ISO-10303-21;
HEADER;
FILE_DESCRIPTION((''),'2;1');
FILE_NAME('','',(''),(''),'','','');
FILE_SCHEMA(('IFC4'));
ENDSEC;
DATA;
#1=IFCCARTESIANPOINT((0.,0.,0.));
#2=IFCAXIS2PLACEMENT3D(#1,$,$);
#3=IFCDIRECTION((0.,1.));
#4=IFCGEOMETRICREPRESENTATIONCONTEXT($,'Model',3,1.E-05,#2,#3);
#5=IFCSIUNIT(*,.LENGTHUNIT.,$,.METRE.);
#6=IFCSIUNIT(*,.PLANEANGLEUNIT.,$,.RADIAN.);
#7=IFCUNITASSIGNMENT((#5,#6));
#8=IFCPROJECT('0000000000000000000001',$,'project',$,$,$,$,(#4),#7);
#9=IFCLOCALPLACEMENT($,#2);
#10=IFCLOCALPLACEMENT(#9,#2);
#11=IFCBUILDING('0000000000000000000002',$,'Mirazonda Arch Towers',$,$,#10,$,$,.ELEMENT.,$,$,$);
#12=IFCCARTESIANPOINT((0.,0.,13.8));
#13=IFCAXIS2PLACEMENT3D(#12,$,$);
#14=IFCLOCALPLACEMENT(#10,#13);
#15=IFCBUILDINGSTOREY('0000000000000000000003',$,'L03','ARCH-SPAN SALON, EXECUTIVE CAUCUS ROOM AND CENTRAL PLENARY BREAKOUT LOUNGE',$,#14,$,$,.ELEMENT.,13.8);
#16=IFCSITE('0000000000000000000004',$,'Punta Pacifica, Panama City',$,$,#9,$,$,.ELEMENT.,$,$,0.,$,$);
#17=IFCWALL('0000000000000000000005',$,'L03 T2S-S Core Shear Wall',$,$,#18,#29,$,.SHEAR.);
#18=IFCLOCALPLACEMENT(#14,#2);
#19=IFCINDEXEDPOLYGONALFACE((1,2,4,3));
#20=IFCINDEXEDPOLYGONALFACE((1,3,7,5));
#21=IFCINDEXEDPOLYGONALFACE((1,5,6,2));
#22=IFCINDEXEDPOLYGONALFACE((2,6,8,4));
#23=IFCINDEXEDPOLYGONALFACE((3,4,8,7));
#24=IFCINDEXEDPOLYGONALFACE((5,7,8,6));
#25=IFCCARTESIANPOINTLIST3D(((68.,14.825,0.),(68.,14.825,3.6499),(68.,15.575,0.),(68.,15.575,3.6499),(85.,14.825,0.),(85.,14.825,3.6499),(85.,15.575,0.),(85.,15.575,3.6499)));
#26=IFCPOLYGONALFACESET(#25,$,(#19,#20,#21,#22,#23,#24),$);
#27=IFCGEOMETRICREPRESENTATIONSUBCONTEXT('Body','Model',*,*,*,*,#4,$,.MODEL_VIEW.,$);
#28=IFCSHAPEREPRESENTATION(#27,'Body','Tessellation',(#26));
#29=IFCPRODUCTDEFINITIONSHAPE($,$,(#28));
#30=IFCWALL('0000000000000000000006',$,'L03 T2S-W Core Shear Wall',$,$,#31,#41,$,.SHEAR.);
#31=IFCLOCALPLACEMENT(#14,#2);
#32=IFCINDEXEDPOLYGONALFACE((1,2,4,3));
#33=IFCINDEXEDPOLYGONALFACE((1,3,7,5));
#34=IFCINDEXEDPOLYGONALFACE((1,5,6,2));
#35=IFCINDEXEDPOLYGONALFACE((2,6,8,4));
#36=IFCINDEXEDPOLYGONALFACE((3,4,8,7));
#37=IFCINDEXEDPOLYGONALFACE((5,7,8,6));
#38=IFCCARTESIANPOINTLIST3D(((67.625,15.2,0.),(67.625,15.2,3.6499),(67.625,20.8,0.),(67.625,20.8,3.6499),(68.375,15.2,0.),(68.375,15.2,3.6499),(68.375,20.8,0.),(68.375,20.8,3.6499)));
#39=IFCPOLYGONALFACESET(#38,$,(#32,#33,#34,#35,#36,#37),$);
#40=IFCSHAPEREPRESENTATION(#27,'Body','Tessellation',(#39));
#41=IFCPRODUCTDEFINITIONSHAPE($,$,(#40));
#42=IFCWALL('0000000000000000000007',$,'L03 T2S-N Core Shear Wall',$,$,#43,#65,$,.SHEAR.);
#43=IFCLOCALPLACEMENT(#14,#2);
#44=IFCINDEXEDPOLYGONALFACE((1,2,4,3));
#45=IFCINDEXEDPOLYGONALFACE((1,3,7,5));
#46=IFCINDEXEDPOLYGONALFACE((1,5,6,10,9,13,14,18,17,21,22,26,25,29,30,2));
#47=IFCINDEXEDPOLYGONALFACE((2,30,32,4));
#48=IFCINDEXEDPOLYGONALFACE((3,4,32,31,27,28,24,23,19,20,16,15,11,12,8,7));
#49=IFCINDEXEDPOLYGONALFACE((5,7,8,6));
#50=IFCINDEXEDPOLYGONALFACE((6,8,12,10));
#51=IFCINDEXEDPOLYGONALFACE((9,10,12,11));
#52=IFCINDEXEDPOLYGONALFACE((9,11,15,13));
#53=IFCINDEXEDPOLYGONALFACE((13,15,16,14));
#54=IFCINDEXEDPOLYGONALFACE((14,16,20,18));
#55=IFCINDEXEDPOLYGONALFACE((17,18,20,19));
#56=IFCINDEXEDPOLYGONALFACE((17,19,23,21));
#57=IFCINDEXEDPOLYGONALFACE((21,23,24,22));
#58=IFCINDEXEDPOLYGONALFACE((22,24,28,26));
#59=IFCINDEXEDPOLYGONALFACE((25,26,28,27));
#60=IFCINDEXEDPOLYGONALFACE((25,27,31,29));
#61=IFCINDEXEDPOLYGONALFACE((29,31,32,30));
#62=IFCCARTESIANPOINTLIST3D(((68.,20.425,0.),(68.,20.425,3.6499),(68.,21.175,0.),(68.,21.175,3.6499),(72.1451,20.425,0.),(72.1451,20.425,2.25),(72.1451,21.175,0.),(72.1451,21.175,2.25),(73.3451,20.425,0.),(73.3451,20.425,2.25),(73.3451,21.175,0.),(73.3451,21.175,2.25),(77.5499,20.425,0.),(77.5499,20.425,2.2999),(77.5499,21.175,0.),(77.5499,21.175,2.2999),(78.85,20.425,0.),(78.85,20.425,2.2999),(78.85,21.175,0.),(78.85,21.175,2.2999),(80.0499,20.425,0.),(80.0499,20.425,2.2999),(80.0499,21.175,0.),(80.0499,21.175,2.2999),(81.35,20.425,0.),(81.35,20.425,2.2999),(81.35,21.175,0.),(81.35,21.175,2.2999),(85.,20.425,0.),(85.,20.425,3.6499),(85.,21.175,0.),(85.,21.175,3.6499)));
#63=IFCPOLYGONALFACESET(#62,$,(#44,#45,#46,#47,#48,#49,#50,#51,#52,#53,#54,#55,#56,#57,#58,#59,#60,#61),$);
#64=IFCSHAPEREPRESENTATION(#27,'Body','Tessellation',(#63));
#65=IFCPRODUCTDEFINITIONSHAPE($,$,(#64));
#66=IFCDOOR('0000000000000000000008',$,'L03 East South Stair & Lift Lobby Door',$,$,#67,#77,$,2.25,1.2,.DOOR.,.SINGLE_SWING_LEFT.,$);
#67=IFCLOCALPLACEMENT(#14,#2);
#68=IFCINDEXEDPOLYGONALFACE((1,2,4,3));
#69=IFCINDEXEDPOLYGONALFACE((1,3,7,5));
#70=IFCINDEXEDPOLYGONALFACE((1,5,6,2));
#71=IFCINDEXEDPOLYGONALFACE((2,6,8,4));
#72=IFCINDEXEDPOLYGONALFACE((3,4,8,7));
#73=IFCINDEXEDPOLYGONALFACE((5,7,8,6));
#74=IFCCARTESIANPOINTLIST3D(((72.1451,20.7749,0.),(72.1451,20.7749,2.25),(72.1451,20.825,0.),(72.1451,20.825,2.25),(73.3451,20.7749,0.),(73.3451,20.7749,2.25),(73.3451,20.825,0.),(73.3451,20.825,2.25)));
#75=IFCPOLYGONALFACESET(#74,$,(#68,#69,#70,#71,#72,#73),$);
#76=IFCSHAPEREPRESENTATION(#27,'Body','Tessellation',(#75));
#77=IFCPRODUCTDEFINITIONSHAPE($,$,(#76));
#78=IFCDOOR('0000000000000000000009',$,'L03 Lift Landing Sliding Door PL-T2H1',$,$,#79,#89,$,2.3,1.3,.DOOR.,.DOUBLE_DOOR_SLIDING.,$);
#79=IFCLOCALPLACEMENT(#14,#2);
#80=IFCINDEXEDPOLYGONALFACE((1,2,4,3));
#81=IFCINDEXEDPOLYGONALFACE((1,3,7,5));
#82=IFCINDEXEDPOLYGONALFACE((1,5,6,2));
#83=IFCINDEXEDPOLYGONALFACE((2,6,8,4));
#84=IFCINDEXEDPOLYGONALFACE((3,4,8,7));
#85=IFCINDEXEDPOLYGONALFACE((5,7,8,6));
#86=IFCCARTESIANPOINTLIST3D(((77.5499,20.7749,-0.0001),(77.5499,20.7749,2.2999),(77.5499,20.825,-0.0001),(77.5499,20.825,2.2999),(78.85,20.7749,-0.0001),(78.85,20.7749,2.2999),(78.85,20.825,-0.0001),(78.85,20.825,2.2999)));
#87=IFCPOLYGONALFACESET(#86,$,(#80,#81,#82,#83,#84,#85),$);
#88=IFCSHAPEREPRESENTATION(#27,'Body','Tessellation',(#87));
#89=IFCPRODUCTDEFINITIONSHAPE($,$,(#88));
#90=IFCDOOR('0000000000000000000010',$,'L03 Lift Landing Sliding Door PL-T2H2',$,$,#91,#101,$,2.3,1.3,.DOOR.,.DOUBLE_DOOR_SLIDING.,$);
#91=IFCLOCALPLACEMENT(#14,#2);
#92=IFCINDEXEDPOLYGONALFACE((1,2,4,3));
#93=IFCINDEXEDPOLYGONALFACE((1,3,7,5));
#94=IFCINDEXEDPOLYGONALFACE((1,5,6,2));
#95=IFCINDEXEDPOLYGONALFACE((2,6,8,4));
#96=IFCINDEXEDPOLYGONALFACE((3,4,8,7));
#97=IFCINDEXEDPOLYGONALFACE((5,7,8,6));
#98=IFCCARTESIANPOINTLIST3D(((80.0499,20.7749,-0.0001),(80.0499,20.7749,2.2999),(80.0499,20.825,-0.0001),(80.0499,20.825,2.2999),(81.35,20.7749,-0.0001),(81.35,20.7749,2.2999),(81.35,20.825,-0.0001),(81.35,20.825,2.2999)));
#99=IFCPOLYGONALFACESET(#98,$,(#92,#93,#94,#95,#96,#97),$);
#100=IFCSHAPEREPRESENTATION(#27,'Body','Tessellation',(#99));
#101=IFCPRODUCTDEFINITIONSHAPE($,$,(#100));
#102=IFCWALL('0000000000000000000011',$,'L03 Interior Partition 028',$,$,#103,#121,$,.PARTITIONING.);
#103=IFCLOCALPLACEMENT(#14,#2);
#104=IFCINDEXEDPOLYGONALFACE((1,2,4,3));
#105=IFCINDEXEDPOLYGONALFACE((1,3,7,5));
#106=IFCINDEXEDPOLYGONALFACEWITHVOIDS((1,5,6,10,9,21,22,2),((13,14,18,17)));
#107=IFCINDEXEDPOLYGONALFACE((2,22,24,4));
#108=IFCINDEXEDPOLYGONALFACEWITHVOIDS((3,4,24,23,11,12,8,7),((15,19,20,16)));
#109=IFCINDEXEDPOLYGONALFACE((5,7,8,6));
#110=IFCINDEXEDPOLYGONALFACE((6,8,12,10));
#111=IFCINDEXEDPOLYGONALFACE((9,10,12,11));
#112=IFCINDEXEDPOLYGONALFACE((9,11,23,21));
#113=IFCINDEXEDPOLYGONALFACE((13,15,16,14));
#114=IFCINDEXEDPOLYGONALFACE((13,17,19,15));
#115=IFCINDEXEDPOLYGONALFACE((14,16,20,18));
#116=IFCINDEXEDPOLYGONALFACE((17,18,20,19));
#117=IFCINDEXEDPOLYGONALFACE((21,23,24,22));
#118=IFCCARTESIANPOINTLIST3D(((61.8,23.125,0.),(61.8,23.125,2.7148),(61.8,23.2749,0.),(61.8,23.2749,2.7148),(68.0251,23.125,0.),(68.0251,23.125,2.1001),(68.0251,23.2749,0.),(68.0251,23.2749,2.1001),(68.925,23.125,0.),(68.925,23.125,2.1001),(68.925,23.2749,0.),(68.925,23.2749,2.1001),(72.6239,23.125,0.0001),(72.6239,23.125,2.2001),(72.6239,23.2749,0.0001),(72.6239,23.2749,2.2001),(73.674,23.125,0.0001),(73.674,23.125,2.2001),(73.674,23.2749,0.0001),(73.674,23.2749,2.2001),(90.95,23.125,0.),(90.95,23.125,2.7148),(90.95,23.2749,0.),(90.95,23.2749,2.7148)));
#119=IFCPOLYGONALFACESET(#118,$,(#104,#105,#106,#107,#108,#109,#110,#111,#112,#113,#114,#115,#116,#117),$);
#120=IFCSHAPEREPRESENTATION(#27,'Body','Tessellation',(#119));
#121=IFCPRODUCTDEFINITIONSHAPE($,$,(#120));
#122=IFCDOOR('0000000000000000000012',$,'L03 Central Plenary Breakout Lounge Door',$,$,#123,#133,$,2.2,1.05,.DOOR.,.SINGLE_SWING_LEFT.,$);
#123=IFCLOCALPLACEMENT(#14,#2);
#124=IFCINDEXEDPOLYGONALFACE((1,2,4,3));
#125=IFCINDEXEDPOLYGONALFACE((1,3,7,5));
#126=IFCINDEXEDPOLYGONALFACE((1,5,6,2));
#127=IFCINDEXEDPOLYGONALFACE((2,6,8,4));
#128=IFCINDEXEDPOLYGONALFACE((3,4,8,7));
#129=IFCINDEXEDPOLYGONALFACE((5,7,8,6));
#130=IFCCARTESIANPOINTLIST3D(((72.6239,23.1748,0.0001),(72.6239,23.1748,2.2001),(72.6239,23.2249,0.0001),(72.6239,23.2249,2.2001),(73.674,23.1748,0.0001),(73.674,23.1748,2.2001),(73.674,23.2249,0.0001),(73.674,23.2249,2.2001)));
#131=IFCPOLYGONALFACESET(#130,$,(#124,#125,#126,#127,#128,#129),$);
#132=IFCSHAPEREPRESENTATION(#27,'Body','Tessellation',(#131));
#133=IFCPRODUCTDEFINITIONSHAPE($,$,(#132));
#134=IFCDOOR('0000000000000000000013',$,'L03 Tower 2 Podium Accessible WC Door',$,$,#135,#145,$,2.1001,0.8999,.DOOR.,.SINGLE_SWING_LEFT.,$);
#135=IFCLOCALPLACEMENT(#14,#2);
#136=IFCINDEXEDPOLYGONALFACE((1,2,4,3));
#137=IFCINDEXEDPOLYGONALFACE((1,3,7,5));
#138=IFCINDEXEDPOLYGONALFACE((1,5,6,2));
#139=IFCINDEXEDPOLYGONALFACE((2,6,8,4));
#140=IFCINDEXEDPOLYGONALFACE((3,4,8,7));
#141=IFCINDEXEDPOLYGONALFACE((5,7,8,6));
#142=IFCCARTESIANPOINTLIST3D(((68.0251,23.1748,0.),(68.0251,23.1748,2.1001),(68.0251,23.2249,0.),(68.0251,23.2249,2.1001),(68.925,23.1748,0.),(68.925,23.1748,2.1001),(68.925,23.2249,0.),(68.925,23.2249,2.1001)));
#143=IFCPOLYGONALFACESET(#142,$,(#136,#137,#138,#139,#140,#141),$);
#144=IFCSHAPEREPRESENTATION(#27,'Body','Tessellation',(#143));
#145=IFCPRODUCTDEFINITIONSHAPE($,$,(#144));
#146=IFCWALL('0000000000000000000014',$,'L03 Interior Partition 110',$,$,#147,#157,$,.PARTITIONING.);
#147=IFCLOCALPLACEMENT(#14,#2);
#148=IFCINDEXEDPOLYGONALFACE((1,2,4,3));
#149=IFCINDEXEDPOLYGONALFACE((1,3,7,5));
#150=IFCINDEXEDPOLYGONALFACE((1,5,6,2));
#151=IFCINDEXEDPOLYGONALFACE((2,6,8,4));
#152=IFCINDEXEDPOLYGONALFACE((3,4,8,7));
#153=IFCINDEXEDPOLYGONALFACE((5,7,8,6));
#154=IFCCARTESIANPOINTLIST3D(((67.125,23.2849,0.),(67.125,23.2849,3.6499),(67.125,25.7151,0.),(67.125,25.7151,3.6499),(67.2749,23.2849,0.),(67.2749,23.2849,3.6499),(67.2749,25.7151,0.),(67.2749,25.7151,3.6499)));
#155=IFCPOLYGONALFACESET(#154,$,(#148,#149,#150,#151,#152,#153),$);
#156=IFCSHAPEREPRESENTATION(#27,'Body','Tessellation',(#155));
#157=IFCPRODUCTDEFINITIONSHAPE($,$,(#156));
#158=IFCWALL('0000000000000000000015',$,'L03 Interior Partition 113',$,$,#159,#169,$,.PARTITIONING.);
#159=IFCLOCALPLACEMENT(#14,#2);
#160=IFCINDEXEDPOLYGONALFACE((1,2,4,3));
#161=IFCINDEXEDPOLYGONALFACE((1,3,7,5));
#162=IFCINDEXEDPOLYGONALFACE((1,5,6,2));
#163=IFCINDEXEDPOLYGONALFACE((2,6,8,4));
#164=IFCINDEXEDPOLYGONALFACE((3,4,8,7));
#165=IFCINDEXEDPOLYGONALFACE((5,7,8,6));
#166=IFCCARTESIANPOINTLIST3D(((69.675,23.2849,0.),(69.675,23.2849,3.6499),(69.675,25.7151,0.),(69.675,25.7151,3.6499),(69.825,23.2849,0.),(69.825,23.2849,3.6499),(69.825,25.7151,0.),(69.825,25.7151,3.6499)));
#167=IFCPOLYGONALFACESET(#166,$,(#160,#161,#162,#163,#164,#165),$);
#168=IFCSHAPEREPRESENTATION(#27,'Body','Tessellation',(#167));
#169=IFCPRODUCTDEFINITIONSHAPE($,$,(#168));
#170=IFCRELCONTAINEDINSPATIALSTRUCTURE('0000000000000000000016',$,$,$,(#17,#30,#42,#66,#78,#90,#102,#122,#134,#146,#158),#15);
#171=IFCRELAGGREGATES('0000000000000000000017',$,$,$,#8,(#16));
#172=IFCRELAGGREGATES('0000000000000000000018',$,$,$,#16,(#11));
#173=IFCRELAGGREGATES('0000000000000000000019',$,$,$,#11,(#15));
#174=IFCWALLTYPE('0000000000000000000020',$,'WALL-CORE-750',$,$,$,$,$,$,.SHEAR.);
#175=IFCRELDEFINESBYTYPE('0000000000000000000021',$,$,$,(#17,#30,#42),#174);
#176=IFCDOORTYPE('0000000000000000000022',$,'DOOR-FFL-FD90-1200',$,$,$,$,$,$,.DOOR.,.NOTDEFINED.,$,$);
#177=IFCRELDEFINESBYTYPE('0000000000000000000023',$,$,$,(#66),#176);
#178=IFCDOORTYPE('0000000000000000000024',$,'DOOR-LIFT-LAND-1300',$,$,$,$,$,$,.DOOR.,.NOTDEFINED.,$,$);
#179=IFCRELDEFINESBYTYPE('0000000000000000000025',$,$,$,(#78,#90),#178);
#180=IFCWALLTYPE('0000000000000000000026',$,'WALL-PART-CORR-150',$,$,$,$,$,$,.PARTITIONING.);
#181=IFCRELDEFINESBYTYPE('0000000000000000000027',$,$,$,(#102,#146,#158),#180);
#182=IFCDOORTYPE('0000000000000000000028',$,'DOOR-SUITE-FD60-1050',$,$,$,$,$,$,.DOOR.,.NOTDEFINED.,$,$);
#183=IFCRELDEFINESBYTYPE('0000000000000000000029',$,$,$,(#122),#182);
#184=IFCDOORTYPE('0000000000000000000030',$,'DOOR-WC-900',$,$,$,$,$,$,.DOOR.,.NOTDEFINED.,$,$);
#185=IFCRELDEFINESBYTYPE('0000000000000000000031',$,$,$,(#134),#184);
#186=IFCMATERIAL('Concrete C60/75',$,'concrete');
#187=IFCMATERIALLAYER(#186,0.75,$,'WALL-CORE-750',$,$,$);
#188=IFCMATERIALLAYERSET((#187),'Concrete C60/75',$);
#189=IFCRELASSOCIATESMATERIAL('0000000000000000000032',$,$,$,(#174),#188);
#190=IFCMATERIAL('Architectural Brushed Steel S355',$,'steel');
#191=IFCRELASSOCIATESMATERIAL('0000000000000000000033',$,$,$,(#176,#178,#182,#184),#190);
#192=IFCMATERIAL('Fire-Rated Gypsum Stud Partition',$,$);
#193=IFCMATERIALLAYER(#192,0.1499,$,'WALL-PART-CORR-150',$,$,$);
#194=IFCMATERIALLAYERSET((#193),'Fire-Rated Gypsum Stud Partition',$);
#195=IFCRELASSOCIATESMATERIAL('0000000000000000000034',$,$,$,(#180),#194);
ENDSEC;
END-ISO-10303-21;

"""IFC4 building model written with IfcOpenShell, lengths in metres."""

from ifc_helpers import new_model, si_unit, direction, frame, frame_2d, origin, place, context, subcontext, project, spatial, rectangle, extrude, material, layer, layer_set, type_object, element, fill, save


model = new_model("IFC4")

# Units and contexts
model_context = context("Model", 3, precision=1e-05, world=origin(), true_north=direction((0.0, 1.0)))
body_context = subcontext(model_context, "Body", "Model", "MODEL_VIEW")
ifc_project = project(units=[si_unit("LENGTHUNIT", "METRE"), si_unit("PLANEANGLEUNIT", "RADIAN")], contexts=[model_context])

# Site, building, storey
site_placement = place(None, origin())
site = spatial("IfcSite", under=ifc_project, at=site_placement, Name="Punta Pacifica, Panama City", CompositionType="ELEMENT", RefElevation=0.0)
building_placement = place(site_placement, origin())
building = spatial("IfcBuilding", under=site, at=building_placement, Name="Mirazonda Arch Towers", CompositionType="ELEMENT")
storey_placement = place(building_placement, frame((0.0, 0.0, 13.8)))
storey = spatial("IfcBuildingStorey", under=building, at=storey_placement, Name="L03", Description="ARCH-SPAN SALON, EXECUTIVE CAUCUS ROOM AND CENTRAL PLENARY BREAKOUT LOUNGE", CompositionType="ELEMENT", Elevation=13.8)

# Shared definitions
ifc_material_1 = material(Name="Concrete C60/75", Category="concrete")

# Shared definitions
ifc_material_2 = material(Name="Architectural Brushed Steel S355", Category="steel")

# Walls
ifc_layer_1 = layer(ifc_material_1, 0.75, Name="WALL-CORE-750")
ifc_layer_set_1 = layer_set([ifc_layer_1], Name="Concrete C60/75")
wall_type_1 = type_object("IfcWallType", Name="WALL-CORE-750", PredefinedType="SHEAR", material=ifc_layer_set_1)
wall_1_placement = place(storey_placement, frame((68.0, 15.2, 0.0), z_axis=(0.0, 0.0, 1.0), x_axis=(1.0, 0.0, 0.0)))
element("IfcWall", 1, at=wall_1_placement, inside=storey, type_object=wall_type_1, Name="L03 T2S-S Core Shear Wall", PredefinedType="SHEAR", context=body_context, shape_type="SweptSolid", body=[
    extrude(rectangle(XDim=17.0, YDim=0.75, at=frame_2d((8.5, 0.0))), origin(), (0.0, 0.0, 1.0), 3.6499),
])
wall_2_placement = place(storey_placement, frame((68.0, 15.2, 0.0), z_axis=(0.0, 0.0, 1.0), x_axis=(0.0, 1.0, 0.0)))
element("IfcWall", 2, at=wall_2_placement, inside=storey, type_object=wall_type_1, Name="L03 T2S-W Core Shear Wall", PredefinedType="SHEAR", context=body_context, shape_type="SweptSolid", body=[
    extrude(rectangle(XDim=5.6001, YDim=0.75, at=frame_2d((2.8, 0.0))), origin(), (0.0, 0.0, 1.0), 3.6499),
])

# Walls, openings, doors
wall_3_placement = place(storey_placement, frame((68.0, 20.8, 0.0), z_axis=(0.0, 0.0, 1.0), x_axis=(1.0, 0.0, 0.0)))
wall_3 = element("IfcWall", 3, at=wall_3_placement, inside=storey, type_object=wall_type_1, Name="L03 T2S-N Core Shear Wall", PredefinedType="SHEAR", context=body_context, shape_type="SweptSolid", body=[
    extrude(rectangle(XDim=17.0, YDim=0.75, at=frame_2d((8.5, 0.0))), origin(), (0.0, 0.0, 1.0), 3.6499),
])
opening_1_placement = place(wall_3_placement, frame((4.145, 0.0, 0.0)))
opening_1 = element("IfcOpeningElement", 4, at=opening_1_placement, cuts=wall_3, PredefinedType="OPENING", context=body_context, shape_type="SweptSolid", body=[
    extrude(rectangle(XDim=1.2, YDim=2.25, at=frame_2d((0.6001, 1.125))), frame((0.0, 0.385, 0.0), z_axis=(0.0, -1.0, 0.0), x_axis=(1.0, 0.0, 0.0)), (0.0, 0.0, 1.0), 0.77),
])
opening_2_placement = place(wall_3_placement, frame((9.55, 0.0, 0.0)))
opening_2 = element("IfcOpeningElement", 5, at=opening_2_placement, cuts=wall_3, PredefinedType="OPENING", context=body_context, shape_type="SweptSolid", body=[
    extrude(rectangle(XDim=1.3, YDim=2.3, at=frame_2d((0.6499, 1.1499))), frame((0.0, 0.385, 0.0), z_axis=(0.0, -1.0, 0.0), x_axis=(1.0, 0.0, 0.0)), (0.0, 0.0, 1.0), 0.77),
])
opening_3_placement = place(wall_3_placement, frame((12.05, 0.0, 0.0)))
opening_3 = element("IfcOpeningElement", 6, at=opening_3_placement, cuts=wall_3, PredefinedType="OPENING", context=body_context, shape_type="SweptSolid", body=[
    extrude(rectangle(XDim=1.3, YDim=2.3, at=frame_2d((0.6499, 1.1499))), frame((0.0, 0.385, 0.0), z_axis=(0.0, -1.0, 0.0), x_axis=(1.0, 0.0, 0.0)), (0.0, 0.0, 1.0), 0.77),
])
door_type_1 = type_object("IfcDoorType", Name="DOOR-FFL-FD90-1200", OperationType="NOTDEFINED", PredefinedType="DOOR", material=ifc_material_2)
door_1_placement = place(opening_1_placement, origin())
door_1 = element("IfcDoor", 7, at=door_1_placement, inside=storey, type_object=door_type_1, Name="L03 East South Stair & Lift Lobby Door", OperationType="SINGLE_SWING_LEFT", OverallHeight=2.25, OverallWidth=1.2, PredefinedType="DOOR", context=body_context, shape_type="SweptSolid", body=[
    extrude(rectangle(XDim=1.2, YDim=2.25, at=frame_2d((0.6001, 1.125))), frame((0.0, 0.0249, 0.0), z_axis=(0.0, -1.0, 0.0), x_axis=(1.0, 0.0, 0.0)), (0.0, 0.0, 1.0), 0.05),
])
fill(opening_1, door_1)
door_type_2 = type_object("IfcDoorType", Name="DOOR-LIFT-LAND-1300", OperationType="NOTDEFINED", PredefinedType="DOOR", material=ifc_material_2)
door_2_placement = place(opening_2_placement, origin())
door_2 = element("IfcDoor", 8, at=door_2_placement, inside=storey, type_object=door_type_2, Name="L03 Lift Landing Sliding Door PL-T2H1", OperationType="DOUBLE_DOOR_SLIDING", OverallHeight=2.3, OverallWidth=1.3, PredefinedType="DOOR", context=body_context, shape_type="SweptSolid", body=[
    extrude(rectangle(XDim=1.3, YDim=2.3, at=frame_2d((0.6499, 1.1499))), frame((0.0, 0.0249, 0.0), z_axis=(0.0, -1.0, 0.0), x_axis=(1.0, 0.0, 0.0)), (0.0, 0.0, 1.0), 0.05),
])
fill(opening_2, door_2)
door_3_placement = place(opening_3_placement, origin())
door_3 = element("IfcDoor", 9, at=door_3_placement, inside=storey, type_object=door_type_2, Name="L03 Lift Landing Sliding Door PL-T2H2", OperationType="DOUBLE_DOOR_SLIDING", OverallHeight=2.3, OverallWidth=1.3, PredefinedType="DOOR", context=body_context, shape_type="SweptSolid", body=[
    extrude(rectangle(XDim=1.3, YDim=2.3, at=frame_2d((0.6499, 1.1499))), frame((0.0, 0.0249, 0.0), z_axis=(0.0, -1.0, 0.0), x_axis=(1.0, 0.0, 0.0)), (0.0, 0.0, 1.0), 0.05),
])
fill(opening_3, door_3)
ifc_material_3 = material(Name="Fire-Rated Gypsum Stud Partition")
ifc_layer_2 = layer(ifc_material_3, 0.1499, Name="WALL-PART-CORR-150")
ifc_layer_set_2 = layer_set([ifc_layer_2], Name="Fire-Rated Gypsum Stud Partition")
wall_type_2 = type_object("IfcWallType", Name="WALL-PART-CORR-150", PredefinedType="PARTITIONING", material=ifc_layer_set_2)
wall_4_placement = place(storey_placement, frame((61.8, 23.2, 0.0), z_axis=(0.0, 0.0, 1.0), x_axis=(1.0, 0.0, 0.0)))
wall_4 = element("IfcWall", 10, at=wall_4_placement, inside=storey, type_object=wall_type_2, Name="L03 Interior Partition 028", PredefinedType="PARTITIONING", context=body_context, shape_type="SweptSolid", body=[
    extrude(rectangle(XDim=29.1499, YDim=0.1499, at=frame_2d((14.575, 0.0))), origin(), (0.0, 0.0, 1.0), 2.7148),
])
opening_4_placement = place(wall_4_placement, frame((6.2251, 0.0, 0.0)))
opening_4 = element("IfcOpeningElement", 11, at=opening_4_placement, cuts=wall_4, PredefinedType="OPENING", context=body_context, shape_type="SweptSolid", body=[
    extrude(rectangle(XDim=0.8999, YDim=2.1001, at=frame_2d((0.45, 1.05))), frame((0.0, 0.085, 0.0), z_axis=(0.0, -1.0, 0.0), x_axis=(1.0, 0.0, 0.0)), (0.0, 0.0, 1.0), 0.1699),
])
opening_5_placement = place(wall_4_placement, frame((10.824, 0.0, 0.0)))
opening_5 = element("IfcOpeningElement", 12, at=opening_5_placement, cuts=wall_4, PredefinedType="OPENING", context=body_context, shape_type="SweptSolid", body=[
    extrude(rectangle(XDim=1.05, YDim=2.2, at=frame_2d((0.5249, 1.1001))), frame((0.0, 0.085, 0.0), z_axis=(0.0, -1.0, 0.0), x_axis=(1.0, 0.0, 0.0)), (0.0, 0.0, 1.0), 0.1699),
])
door_type_3 = type_object("IfcDoorType", Name="DOOR-SUITE-FD60-1050", OperationType="NOTDEFINED", PredefinedType="DOOR", material=ifc_material_2)
door_4_placement = place(opening_5_placement, origin())
door_4 = element("IfcDoor", 13, at=door_4_placement, inside=storey, type_object=door_type_3, Name="L03 Central Plenary Breakout Lounge Door", OperationType="SINGLE_SWING_LEFT", OverallHeight=2.2, OverallWidth=1.05, PredefinedType="DOOR", context=body_context, shape_type="SweptSolid", body=[
    extrude(rectangle(XDim=1.05, YDim=2.2, at=frame_2d((0.5249, 1.1001))), frame((0.0, 0.0249, 0.0), z_axis=(0.0, -1.0, 0.0), x_axis=(1.0, 0.0, 0.0)), (0.0, 0.0, 1.0), 0.05),
])
fill(opening_5, door_4)
door_type_4 = type_object("IfcDoorType", Name="DOOR-WC-900", OperationType="NOTDEFINED", PredefinedType="DOOR", material=ifc_material_2)
door_5_placement = place(opening_4_placement, origin())
door_5 = element("IfcDoor", 14, at=door_5_placement, inside=storey, type_object=door_type_4, Name="L03 Tower 2 Podium Accessible WC Door", OperationType="SINGLE_SWING_LEFT", OverallHeight=2.1001, OverallWidth=0.8999, PredefinedType="DOOR", context=body_context, shape_type="SweptSolid", body=[
    extrude(rectangle(XDim=0.8999, YDim=2.1001, at=frame_2d((0.45, 1.05))), frame((0.0, 0.0249, 0.0), z_axis=(0.0, -1.0, 0.0), x_axis=(1.0, 0.0, 0.0)), (0.0, 0.0, 1.0), 0.05),
])
fill(opening_4, door_5)

# Walls
for number, where, z_axis, x_axis, name in (
    (15, (67.2, 23.2849, 0.0), (0.0, 0.0, 1.0), (0.0, 1.0, 0.0), "L03 Interior Partition 110"),
    (16, (69.75, 23.2849, 0.0), (0.0, 0.0, 1.0), (0.0, 1.0, 0.0), "L03 Interior Partition 113"),
):
    element("IfcWall", number, at=place(storey_placement, frame(where, z_axis=z_axis, x_axis=x_axis)), inside=storey, type_object=wall_type_2, Name=name, PredefinedType="PARTITIONING", context=body_context, shape_type="SweptSolid", body=[
        extrude(rectangle(XDim=2.4302, YDim=0.1499, at=frame_2d((1.2151, 0.0))), origin(), (0.0, 0.0, 1.0), 3.6499),
    ])

save(model, "model.ifc")
